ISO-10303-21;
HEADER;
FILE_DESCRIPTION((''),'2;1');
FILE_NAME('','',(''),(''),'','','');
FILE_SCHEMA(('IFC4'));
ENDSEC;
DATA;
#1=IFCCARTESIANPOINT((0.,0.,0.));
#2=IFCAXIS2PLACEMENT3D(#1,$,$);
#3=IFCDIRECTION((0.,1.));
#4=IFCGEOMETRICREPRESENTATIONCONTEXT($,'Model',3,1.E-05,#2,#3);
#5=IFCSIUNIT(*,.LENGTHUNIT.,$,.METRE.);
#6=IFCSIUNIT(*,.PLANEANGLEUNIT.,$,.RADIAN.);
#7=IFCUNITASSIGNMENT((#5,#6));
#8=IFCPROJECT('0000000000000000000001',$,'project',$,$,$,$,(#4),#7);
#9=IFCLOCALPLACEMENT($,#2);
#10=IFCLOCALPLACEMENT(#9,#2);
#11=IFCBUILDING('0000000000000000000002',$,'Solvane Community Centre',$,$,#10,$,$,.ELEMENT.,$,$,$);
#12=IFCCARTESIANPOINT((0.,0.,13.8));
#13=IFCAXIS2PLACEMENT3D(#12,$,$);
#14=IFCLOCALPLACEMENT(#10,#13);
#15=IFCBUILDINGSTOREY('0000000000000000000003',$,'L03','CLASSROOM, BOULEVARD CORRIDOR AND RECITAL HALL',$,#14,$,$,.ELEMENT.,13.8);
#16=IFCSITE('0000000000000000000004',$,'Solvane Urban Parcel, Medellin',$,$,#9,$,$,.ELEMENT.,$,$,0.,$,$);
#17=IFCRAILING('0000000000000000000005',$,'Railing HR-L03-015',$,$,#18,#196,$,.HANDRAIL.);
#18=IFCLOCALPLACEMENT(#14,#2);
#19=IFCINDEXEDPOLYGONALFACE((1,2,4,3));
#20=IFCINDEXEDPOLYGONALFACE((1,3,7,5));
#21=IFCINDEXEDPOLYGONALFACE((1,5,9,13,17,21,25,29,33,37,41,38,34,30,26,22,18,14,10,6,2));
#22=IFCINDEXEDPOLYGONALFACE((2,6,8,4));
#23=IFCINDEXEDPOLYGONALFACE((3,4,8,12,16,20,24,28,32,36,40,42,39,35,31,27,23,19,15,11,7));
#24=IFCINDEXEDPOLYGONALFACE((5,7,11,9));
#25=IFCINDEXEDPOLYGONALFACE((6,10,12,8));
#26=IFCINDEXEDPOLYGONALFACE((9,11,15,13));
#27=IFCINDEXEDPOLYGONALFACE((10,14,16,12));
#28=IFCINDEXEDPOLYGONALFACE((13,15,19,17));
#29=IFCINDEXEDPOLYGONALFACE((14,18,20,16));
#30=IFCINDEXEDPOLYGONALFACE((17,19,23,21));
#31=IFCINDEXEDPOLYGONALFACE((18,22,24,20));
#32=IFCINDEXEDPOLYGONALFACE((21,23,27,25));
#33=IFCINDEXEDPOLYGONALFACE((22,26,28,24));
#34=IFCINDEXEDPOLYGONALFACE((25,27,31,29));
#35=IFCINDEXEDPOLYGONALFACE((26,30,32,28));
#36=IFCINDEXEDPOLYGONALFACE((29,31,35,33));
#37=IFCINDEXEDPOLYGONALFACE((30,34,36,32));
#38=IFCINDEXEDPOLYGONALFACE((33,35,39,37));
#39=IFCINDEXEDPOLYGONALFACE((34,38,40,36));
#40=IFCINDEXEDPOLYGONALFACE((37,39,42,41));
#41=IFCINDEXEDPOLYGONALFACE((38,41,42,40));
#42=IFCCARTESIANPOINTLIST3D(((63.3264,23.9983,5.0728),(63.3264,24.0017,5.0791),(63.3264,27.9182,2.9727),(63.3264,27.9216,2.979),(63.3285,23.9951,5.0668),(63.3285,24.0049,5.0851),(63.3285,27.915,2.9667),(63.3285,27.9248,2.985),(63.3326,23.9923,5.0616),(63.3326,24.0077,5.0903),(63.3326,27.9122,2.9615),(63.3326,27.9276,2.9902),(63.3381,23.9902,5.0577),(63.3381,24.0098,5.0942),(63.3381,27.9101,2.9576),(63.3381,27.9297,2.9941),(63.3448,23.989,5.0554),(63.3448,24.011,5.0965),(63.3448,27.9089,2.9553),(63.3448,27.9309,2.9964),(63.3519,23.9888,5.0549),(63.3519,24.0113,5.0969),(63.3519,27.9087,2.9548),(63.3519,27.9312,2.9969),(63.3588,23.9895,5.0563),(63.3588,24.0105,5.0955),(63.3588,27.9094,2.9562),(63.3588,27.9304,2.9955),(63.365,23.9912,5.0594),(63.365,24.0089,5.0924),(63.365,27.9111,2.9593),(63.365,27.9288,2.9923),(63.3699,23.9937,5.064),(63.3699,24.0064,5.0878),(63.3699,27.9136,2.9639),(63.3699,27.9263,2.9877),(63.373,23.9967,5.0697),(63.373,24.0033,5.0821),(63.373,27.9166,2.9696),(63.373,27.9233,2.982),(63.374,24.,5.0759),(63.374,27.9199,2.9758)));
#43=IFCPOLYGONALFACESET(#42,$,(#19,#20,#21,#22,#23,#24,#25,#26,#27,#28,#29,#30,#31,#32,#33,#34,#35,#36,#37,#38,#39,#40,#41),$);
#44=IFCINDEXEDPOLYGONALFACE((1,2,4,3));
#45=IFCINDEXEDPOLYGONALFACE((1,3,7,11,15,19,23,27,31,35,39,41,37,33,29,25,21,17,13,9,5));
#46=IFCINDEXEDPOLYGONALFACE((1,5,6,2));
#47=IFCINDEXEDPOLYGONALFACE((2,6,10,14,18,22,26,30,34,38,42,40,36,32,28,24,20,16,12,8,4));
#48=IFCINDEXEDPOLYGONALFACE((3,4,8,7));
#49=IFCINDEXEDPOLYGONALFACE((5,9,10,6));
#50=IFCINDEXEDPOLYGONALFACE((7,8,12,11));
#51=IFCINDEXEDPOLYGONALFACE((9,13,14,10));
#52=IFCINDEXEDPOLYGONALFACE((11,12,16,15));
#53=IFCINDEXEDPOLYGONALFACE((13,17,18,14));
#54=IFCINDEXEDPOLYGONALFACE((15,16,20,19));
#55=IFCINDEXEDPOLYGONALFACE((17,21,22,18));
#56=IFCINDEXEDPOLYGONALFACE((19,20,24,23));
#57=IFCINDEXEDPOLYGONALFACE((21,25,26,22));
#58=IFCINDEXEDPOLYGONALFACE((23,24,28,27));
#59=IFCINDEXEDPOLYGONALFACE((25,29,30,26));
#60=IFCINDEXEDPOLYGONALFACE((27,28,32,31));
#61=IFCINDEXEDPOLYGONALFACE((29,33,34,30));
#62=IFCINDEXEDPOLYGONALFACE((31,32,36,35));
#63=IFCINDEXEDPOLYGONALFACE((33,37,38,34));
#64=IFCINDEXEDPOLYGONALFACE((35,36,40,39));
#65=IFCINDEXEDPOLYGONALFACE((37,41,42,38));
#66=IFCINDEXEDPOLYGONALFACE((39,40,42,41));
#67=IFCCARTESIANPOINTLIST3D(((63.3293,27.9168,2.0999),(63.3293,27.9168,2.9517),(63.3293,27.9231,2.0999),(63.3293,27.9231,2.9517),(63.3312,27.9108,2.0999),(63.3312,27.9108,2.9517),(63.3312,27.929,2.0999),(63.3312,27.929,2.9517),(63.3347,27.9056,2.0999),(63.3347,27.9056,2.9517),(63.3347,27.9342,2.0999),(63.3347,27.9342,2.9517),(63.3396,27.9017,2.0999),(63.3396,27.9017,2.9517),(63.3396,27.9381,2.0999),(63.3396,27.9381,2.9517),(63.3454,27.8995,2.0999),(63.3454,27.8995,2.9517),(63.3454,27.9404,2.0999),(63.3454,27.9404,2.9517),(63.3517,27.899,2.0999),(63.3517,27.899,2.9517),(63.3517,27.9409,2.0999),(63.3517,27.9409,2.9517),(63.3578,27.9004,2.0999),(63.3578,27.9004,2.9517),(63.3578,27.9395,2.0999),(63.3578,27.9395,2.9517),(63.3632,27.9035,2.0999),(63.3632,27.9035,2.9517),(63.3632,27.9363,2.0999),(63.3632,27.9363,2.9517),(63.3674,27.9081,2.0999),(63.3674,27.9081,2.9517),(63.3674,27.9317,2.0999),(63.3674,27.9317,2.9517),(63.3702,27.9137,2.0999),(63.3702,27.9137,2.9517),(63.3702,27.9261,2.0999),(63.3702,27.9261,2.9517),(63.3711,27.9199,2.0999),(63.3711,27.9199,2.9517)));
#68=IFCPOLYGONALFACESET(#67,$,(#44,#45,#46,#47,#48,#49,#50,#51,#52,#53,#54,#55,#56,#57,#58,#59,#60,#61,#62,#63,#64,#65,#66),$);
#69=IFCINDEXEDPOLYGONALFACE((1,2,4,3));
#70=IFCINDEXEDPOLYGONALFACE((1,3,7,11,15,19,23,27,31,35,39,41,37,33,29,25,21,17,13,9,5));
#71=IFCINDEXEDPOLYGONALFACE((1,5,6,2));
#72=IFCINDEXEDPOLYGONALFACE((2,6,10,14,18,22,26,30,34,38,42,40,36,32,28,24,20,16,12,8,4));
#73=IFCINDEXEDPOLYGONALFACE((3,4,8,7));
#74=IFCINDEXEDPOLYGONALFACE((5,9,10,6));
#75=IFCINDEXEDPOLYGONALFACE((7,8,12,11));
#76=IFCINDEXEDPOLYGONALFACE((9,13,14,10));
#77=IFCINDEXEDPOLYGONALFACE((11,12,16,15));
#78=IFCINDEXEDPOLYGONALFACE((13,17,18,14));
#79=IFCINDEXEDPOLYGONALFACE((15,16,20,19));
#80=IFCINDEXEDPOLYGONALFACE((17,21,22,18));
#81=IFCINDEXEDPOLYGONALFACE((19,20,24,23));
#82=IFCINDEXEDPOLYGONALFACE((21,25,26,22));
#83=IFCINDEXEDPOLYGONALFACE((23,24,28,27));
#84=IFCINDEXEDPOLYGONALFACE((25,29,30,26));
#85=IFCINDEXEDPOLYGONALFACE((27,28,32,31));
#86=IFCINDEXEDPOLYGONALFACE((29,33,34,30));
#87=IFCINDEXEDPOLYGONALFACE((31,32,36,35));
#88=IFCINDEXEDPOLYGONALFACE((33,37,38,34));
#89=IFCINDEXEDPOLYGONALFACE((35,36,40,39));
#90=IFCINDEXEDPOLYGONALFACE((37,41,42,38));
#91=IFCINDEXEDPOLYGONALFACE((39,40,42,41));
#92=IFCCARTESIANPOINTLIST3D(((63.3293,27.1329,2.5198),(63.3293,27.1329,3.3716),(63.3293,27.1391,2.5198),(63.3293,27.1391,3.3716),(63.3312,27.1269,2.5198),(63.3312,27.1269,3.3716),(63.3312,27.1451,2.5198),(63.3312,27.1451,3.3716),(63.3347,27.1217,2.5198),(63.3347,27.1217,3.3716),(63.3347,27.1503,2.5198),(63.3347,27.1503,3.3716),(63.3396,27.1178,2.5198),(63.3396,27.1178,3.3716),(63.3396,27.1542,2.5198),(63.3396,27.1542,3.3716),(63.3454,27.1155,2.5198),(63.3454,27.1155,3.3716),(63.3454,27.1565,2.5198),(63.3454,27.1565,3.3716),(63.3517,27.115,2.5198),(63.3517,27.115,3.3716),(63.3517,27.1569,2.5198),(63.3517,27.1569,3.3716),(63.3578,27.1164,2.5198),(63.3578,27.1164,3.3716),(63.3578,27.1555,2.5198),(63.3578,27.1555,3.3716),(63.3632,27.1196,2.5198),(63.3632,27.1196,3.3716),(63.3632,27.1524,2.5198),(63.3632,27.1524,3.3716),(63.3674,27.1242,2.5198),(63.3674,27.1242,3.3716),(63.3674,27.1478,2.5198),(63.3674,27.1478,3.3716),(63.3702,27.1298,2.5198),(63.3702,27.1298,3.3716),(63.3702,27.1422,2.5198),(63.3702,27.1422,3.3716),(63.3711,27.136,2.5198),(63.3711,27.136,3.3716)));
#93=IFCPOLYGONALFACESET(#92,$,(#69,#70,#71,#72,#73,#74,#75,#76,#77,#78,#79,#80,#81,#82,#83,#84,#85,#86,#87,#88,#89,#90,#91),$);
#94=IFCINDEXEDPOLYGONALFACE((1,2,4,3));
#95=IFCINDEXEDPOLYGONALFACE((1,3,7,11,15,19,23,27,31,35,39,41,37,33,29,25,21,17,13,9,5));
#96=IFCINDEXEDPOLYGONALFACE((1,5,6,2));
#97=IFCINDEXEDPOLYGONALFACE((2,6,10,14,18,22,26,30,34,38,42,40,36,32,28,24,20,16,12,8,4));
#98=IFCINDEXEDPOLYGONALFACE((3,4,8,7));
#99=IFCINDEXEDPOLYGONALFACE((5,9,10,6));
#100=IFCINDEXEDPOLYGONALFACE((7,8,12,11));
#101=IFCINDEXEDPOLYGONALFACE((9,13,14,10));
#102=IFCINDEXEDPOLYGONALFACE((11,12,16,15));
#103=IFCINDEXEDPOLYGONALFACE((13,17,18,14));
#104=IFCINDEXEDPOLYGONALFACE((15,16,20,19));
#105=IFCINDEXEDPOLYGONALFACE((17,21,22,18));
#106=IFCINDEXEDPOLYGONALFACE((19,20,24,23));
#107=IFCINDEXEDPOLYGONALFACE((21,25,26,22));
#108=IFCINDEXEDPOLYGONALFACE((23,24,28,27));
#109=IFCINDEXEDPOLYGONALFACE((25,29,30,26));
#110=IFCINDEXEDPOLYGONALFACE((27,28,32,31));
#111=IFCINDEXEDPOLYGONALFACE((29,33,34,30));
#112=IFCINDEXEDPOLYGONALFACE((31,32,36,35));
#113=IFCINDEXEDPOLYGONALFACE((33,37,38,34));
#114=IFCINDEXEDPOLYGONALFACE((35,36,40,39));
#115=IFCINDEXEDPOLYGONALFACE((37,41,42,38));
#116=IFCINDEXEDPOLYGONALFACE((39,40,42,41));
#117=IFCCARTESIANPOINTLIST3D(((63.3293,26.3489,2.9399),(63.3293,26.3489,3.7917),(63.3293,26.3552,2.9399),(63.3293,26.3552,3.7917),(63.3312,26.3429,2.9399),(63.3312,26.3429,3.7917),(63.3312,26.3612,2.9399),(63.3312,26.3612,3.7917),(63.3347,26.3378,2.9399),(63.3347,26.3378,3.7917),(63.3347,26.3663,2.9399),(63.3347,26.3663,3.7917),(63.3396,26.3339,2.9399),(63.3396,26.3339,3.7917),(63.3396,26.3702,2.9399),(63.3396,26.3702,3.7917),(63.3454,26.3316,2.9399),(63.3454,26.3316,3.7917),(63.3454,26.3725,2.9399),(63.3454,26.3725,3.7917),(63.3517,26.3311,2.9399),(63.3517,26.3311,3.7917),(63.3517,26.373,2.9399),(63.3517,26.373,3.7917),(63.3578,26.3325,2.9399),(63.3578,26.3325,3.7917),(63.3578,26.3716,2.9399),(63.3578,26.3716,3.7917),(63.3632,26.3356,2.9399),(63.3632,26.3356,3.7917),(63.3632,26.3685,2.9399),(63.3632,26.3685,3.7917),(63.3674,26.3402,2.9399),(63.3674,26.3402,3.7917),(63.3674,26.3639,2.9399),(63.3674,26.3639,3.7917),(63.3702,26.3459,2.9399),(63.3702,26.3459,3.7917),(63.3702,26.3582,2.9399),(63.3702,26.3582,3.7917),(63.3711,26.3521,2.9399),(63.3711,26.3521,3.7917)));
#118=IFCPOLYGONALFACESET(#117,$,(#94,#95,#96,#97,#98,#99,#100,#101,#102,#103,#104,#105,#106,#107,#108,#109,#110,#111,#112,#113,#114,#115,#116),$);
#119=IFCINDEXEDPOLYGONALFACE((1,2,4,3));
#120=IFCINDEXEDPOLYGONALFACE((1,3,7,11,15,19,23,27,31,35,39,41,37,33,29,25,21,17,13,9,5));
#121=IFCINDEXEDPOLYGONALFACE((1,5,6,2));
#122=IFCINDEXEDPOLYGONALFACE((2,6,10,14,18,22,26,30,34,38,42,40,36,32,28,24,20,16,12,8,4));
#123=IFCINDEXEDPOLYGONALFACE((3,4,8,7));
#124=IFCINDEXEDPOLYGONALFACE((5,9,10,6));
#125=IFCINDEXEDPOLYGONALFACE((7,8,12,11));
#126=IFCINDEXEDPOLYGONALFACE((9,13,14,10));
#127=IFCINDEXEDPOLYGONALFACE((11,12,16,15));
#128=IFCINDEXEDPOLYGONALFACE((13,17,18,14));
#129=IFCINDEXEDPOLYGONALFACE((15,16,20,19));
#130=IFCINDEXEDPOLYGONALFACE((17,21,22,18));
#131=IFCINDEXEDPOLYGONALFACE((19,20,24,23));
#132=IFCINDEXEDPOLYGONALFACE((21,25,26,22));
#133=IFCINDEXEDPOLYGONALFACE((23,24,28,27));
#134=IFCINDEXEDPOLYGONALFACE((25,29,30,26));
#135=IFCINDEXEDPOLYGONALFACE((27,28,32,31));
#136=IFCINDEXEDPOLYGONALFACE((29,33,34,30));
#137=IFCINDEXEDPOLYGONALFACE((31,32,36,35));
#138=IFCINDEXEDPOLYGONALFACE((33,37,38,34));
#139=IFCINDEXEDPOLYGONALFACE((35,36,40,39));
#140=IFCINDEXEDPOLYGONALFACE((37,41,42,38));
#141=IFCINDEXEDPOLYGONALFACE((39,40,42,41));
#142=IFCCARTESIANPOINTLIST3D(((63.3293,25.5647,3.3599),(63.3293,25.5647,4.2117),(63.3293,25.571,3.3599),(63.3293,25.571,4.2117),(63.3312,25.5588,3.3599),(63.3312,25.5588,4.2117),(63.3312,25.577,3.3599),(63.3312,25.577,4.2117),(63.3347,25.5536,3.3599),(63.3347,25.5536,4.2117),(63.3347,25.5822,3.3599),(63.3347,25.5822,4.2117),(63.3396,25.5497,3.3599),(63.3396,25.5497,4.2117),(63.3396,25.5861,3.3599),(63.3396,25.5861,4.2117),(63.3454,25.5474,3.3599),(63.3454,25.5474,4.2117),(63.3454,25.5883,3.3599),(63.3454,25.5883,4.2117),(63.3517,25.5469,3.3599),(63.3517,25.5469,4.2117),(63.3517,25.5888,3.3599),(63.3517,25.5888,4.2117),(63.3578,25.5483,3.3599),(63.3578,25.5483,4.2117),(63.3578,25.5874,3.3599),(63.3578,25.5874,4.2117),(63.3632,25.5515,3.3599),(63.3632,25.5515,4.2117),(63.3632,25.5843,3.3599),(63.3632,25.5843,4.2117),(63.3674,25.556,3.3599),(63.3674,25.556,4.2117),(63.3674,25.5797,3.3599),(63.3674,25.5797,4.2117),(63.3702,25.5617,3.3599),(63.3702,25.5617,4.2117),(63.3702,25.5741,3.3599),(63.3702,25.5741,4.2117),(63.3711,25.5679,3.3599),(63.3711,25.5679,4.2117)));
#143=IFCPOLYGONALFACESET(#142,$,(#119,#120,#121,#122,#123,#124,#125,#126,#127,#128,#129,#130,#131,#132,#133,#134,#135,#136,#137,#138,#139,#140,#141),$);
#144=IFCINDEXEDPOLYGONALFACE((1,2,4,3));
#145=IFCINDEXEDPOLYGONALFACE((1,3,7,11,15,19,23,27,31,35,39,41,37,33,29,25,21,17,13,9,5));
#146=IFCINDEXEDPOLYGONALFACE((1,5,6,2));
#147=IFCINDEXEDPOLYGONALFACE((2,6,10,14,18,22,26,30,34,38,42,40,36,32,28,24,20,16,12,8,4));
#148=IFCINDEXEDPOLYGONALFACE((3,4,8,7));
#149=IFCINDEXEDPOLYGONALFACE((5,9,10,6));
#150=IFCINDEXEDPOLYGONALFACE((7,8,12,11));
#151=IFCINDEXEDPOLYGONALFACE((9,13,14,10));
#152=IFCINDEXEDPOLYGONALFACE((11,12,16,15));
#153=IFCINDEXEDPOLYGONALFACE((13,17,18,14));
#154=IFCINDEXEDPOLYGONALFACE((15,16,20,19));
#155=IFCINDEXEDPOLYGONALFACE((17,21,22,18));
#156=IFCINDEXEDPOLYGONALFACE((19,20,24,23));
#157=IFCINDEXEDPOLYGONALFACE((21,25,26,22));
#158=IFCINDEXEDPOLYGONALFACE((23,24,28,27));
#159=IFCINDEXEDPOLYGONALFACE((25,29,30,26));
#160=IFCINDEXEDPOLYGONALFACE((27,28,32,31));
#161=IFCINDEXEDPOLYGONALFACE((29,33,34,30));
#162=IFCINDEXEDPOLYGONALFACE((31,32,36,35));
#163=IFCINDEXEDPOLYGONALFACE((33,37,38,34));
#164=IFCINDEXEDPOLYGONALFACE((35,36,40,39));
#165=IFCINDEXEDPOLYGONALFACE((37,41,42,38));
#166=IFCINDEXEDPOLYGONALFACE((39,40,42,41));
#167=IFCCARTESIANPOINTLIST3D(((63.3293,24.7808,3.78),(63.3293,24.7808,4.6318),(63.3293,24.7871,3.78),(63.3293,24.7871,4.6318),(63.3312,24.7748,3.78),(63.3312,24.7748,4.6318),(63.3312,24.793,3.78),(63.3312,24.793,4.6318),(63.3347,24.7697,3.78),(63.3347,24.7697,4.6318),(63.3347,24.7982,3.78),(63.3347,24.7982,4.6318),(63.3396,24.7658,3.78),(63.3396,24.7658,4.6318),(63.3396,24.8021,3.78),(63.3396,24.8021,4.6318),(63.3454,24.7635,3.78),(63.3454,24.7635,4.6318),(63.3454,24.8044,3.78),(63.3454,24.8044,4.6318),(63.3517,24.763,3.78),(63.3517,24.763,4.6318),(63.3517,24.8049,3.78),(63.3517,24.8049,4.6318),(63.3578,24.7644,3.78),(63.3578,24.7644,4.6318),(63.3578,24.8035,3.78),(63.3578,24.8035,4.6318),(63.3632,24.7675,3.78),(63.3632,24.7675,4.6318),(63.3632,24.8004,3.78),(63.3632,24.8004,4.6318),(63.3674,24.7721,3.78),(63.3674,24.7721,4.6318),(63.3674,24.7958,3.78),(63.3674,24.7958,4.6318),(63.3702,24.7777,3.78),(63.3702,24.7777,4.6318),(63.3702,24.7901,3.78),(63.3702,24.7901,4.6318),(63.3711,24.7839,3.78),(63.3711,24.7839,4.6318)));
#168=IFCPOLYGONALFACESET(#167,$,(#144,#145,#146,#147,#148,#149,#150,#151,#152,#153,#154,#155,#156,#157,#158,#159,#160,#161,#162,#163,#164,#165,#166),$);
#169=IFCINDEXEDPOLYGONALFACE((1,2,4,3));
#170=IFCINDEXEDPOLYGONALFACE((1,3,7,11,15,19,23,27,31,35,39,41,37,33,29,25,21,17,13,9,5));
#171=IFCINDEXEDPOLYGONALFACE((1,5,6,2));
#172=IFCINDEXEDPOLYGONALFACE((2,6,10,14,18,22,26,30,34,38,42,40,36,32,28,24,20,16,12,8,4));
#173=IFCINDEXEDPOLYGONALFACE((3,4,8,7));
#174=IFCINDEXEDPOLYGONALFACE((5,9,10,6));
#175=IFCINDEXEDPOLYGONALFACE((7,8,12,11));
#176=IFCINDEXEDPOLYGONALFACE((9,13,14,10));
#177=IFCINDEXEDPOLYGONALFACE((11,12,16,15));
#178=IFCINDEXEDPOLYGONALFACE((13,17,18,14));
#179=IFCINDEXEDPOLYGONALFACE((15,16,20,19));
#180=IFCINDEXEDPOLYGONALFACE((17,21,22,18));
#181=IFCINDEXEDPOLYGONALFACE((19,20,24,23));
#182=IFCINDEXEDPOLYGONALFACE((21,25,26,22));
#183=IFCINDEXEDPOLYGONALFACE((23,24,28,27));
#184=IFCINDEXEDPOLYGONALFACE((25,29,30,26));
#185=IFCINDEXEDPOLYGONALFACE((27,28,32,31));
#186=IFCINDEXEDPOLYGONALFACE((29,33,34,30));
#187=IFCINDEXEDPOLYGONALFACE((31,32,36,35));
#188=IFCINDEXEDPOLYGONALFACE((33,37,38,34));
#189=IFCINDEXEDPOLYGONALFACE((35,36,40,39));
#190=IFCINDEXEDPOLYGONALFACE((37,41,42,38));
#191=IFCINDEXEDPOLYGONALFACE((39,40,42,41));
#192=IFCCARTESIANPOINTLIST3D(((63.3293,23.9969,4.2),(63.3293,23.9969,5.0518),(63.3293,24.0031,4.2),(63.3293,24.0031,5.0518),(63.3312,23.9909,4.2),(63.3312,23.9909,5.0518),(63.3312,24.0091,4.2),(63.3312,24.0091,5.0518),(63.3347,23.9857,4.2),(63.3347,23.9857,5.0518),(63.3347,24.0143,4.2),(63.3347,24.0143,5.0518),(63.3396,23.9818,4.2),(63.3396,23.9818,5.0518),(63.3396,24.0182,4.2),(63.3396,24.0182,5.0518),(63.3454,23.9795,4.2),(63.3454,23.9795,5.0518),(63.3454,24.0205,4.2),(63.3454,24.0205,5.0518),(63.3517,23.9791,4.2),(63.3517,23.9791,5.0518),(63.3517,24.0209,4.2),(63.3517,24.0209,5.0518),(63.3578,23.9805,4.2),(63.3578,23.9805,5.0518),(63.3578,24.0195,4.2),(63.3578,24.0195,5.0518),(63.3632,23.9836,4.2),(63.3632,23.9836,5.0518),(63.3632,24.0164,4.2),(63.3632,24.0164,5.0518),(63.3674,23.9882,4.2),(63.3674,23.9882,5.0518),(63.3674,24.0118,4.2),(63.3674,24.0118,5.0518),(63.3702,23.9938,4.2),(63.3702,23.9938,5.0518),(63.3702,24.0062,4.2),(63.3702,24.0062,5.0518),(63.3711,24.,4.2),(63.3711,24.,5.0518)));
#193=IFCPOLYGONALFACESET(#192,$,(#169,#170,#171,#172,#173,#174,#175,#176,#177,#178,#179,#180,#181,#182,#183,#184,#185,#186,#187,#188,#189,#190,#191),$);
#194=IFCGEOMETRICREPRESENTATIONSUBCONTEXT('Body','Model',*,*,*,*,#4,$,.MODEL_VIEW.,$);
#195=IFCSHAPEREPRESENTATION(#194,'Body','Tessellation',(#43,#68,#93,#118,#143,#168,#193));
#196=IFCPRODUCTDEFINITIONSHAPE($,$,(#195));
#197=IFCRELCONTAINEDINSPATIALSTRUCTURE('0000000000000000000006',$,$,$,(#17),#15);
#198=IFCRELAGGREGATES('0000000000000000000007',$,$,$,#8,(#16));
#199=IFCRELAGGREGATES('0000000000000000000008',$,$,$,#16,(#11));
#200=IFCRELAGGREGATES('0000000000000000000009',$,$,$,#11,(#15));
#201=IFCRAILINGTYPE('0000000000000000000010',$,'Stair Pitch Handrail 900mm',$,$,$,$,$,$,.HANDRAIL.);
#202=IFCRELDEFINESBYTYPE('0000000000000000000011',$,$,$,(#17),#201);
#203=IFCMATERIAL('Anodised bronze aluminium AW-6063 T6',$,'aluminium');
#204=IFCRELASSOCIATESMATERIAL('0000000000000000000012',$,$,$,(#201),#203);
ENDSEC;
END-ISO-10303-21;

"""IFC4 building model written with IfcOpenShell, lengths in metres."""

from ifc_helpers import new_model, si_unit, direction, frame, origin, origin_2d, place, context, subcontext, project, spatial, circle, extrude, material, type_object, element, save


model = new_model("IFC4")

# Units and contexts
model_context = context("Model", 3, precision=1e-05, world=origin(), true_north=direction((0.0, 1.0)))
body_context = subcontext(model_context, "Body", "Model", "MODEL_VIEW")
ifc_project = project(units=[si_unit("LENGTHUNIT", "METRE"), si_unit("PLANEANGLEUNIT", "RADIAN")], contexts=[model_context])

# Site, building, storey
site_placement = place(None, origin())
site = spatial("IfcSite", under=ifc_project, at=site_placement, Name="Solvane Urban Parcel, Medellin", CompositionType="ELEMENT", RefElevation=0.0)
building_placement = place(site_placement, origin())
building = spatial("IfcBuilding", under=site, at=building_placement, Name="Solvane Community Centre", CompositionType="ELEMENT")
storey_placement = place(building_placement, frame((0.0, 0.0, 13.8)))
storey = spatial("IfcBuildingStorey", under=building, at=storey_placement, Name="L03", Description="CLASSROOM, BOULEVARD CORRIDOR AND RECITAL HALL", CompositionType="ELEMENT", Elevation=13.8)

# Shared definitions
ifc_material_1 = material(Name="Anodised bronze aluminium AW-6063 T6", Category="aluminium")

# Railing
railing_type_1 = type_object("IfcRailingType", Name="Stair Pitch Handrail 900mm", PredefinedType="HANDRAIL", material=ifc_material_1)
railing_1_placement = place(storey_placement, frame((63.3501, 27.9199, 2.0999)))
element("IfcRailing", 1, at=railing_1_placement, inside=storey, type_object=railing_type_1, Name="Railing HR-L03-015", PredefinedType="HANDRAIL", context=body_context, shape_type="SweptSolid", body=[
    extrude(circle(Radius=0.0239, at=origin_2d()), frame((0.0, 0.0, 0.876), z_axis=(0.0, -0.881467, 0.472246), x_axis=(1.0, 0.0, 0.0)), (0.0, 0.0, 1.0), 4.447),
    extrude(circle(Radius=0.021, at=origin_2d()), origin(), (0.0, 0.0, 1.0), 0.8518),
    extrude(circle(Radius=0.021, at=origin_2d()), frame((0.0, -0.7839, 0.4199)), (0.0, 0.0, 1.0), 0.8518),
    extrude(circle(Radius=0.021, at=origin_2d()), frame((0.0, -1.5679, 0.8401)), (0.0, 0.0, 1.0), 0.8518),
    extrude(circle(Radius=0.021, at=origin_2d()), frame((0.0, -2.3521, 1.26)), (0.0, 0.0, 1.0), 0.8518),
    extrude(circle(Radius=0.021, at=origin_2d()), frame((0.0, -3.136, 1.6802)), (0.0, 0.0, 1.0), 0.8518),
    extrude(circle(Radius=0.021, at=origin_2d()), frame((0.0, -3.9199, 2.1001)), (0.0, 0.0, 1.0), 0.8518),
])

save(model, "model.ifc")
